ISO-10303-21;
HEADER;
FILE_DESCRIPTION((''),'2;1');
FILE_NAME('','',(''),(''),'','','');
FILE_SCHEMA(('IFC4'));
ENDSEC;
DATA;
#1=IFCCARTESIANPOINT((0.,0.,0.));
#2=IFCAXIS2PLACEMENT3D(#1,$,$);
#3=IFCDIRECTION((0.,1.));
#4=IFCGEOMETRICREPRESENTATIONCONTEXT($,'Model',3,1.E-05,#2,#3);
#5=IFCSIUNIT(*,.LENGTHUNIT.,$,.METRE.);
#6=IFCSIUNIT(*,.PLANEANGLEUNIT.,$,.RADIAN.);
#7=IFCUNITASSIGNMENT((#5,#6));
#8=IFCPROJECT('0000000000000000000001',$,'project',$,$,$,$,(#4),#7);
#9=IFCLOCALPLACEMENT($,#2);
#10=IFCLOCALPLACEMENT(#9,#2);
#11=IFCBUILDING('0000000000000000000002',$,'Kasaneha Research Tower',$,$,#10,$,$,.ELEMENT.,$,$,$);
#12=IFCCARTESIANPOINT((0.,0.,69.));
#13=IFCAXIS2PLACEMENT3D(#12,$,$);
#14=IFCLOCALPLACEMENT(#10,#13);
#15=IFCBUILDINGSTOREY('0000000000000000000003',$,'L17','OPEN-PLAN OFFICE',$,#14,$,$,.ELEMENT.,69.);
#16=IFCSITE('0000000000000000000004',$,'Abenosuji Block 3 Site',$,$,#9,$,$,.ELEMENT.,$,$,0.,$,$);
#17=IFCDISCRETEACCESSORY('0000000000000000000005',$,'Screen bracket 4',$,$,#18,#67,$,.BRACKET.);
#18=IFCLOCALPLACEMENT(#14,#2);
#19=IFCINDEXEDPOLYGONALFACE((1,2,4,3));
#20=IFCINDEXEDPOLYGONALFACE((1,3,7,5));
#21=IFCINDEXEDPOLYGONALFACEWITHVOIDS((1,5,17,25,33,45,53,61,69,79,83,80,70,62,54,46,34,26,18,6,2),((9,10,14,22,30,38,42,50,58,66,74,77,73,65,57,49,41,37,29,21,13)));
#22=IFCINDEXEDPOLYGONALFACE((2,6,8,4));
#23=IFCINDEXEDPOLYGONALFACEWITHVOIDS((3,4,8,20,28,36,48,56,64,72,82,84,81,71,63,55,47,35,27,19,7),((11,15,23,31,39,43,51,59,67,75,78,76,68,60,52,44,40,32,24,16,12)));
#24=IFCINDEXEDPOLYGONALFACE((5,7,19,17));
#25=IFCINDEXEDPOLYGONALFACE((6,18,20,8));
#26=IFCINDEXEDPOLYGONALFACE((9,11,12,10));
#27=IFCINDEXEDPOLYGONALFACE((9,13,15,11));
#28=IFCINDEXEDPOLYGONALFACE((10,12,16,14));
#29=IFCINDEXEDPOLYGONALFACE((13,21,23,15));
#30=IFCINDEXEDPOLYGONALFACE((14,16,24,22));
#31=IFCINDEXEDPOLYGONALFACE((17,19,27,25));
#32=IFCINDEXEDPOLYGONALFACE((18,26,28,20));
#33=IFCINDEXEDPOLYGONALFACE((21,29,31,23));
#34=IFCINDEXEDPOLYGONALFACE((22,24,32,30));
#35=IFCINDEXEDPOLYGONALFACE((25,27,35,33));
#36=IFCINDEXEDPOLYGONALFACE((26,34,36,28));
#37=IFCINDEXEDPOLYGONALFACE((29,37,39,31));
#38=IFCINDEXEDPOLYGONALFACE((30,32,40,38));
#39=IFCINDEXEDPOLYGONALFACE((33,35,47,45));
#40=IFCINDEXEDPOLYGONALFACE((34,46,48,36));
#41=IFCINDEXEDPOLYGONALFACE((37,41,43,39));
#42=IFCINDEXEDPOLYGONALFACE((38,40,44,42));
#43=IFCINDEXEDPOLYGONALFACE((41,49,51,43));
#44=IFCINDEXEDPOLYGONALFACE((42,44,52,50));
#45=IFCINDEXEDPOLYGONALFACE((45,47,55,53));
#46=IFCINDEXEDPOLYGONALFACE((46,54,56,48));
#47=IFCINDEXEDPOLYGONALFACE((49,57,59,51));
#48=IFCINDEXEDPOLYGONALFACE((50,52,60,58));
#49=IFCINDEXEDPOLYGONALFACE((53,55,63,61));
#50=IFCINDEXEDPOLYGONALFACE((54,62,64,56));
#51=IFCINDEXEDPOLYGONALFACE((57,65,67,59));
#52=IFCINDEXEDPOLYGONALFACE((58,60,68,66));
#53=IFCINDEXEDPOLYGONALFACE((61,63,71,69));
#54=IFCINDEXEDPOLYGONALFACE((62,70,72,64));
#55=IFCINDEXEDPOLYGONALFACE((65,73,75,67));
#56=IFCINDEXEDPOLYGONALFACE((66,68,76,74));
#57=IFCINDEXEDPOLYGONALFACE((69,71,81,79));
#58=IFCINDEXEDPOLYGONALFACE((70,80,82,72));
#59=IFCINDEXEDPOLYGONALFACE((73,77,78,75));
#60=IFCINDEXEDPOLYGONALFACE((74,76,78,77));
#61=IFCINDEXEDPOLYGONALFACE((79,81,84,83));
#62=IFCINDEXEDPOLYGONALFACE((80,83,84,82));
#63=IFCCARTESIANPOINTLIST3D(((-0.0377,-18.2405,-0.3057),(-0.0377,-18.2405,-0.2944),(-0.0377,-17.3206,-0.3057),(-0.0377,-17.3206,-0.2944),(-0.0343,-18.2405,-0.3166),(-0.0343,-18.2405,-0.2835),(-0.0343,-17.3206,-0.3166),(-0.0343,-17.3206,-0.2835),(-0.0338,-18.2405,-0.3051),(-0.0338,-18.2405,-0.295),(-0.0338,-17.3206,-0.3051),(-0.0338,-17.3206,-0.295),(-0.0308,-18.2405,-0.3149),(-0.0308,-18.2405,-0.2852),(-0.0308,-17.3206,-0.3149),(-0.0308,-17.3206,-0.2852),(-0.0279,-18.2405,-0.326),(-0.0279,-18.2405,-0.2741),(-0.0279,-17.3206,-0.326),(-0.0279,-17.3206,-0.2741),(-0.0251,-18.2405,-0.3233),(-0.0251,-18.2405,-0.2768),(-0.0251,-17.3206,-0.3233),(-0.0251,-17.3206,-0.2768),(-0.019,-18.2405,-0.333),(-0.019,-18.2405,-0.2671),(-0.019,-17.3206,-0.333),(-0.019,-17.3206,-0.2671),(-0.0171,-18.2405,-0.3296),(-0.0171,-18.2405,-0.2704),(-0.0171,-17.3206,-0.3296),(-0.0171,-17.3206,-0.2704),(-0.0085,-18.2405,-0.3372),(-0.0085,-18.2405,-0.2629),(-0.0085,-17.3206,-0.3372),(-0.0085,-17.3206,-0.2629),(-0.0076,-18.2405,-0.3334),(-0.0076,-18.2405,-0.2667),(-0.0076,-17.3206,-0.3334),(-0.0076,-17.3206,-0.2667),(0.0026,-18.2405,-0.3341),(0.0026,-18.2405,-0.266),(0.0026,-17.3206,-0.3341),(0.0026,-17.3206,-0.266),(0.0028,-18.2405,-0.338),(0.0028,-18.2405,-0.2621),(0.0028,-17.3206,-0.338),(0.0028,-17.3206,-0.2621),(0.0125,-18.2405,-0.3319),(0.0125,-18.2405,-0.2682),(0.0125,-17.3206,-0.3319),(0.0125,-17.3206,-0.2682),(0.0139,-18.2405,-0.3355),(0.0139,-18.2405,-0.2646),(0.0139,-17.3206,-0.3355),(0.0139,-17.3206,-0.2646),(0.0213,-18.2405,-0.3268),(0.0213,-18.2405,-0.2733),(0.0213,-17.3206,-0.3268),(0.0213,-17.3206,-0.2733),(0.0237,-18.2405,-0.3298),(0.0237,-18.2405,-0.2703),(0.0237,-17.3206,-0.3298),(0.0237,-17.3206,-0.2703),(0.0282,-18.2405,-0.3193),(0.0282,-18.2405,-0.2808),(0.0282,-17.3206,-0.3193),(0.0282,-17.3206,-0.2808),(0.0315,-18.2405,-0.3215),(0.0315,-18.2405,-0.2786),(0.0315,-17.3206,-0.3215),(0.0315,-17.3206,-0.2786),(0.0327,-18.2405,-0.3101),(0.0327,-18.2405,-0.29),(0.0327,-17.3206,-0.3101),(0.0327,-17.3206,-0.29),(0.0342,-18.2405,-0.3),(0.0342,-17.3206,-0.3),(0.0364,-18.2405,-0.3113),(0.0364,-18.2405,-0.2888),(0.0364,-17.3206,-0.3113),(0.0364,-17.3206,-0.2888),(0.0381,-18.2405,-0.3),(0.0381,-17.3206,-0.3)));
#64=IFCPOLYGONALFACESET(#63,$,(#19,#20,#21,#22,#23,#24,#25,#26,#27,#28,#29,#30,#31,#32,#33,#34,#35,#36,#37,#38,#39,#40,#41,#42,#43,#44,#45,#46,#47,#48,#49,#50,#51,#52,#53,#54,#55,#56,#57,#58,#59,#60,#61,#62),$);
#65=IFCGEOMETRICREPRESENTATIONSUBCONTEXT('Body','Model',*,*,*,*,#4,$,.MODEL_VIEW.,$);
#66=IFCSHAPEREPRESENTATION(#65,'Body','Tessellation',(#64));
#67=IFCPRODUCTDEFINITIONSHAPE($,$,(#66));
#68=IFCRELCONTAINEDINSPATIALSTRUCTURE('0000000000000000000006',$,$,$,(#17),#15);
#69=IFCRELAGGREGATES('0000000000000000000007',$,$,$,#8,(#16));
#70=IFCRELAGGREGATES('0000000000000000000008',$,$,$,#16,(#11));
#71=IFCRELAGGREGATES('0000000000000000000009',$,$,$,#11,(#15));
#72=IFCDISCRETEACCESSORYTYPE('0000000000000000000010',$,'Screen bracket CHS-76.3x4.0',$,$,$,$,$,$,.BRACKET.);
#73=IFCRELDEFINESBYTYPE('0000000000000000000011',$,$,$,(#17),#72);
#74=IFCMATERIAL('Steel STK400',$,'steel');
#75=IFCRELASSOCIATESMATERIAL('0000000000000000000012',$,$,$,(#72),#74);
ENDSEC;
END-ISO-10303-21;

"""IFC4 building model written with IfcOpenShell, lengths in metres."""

from ifc_helpers import new_model, si_unit, direction, frame, origin, origin_2d, place, context, subcontext, project, spatial, hollow_circle, extrude, material, material_profile, profile_set, type_object, element, save


model = new_model("IFC4")

# Units and contexts
model_context = context("Model", 3, precision=1e-05, world=origin(), true_north=direction((0.0, 1.0)))
body_context = subcontext(model_context, "Body", "Model", "MODEL_VIEW")
ifc_project = project(units=[si_unit("LENGTHUNIT", "METRE"), si_unit("PLANEANGLEUNIT", "RADIAN")], contexts=[model_context])

# Site, building, storey
site_placement = place(None, origin())
site = spatial("IfcSite", under=ifc_project, at=site_placement, Name="Abenosuji Block 3 Site", CompositionType="ELEMENT", RefElevation=0.0)
building_placement = place(site_placement, origin())
building = spatial("IfcBuilding", under=site, at=building_placement, Name="Kasaneha Research Tower", CompositionType="ELEMENT")
storey_placement = place(building_placement, frame((0.0, 0.0, 69.0)))
storey = spatial("IfcBuildingStorey", under=building, at=storey_placement, Name="L17", Description="OPEN-PLAN OFFICE", CompositionType="ELEMENT", Elevation=69.0)

# Discrete accessory
ifc_material_1 = material(Name="Steel STK400", Category="steel")
ifc_material_profile_1 = material_profile(ifc_material_1, hollow_circle(Radius=0.0381, WallThickness=0.0039, at=origin_2d()), Name="CHS-76.3x4.0")
ifc_profile_set_1 = profile_set([ifc_material_profile_1], Name="Steel STK400")
discrete_accessory_type = type_object("IfcDiscreteAccessoryType", Name="Screen bracket CHS-76.3x4.0", PredefinedType="BRACKET", material=ifc_profile_set_1)
for number, where, z_axis, x_axis, name in (
    (1, (0.0, -17.3206, -0.3), (0.0, -1.0, 0.0), (1.0, 0.0, 0.0), "Screen bracket 4"),
):
    element("IfcDiscreteAccessory", number, at=place(storey_placement, frame(where, z_axis=z_axis, x_axis=x_axis)), inside=storey, type_object=discrete_accessory_type, Name=name, PredefinedType="BRACKET", context=body_context, shape_type="SweptSolid", body=[
        extrude(hollow_circle(Radius=0.0381, WallThickness=0.0039, at=origin_2d()), origin(), (0.0, 0.0, 1.0), 0.9199),
    ])

save(model, "model.ifc")
